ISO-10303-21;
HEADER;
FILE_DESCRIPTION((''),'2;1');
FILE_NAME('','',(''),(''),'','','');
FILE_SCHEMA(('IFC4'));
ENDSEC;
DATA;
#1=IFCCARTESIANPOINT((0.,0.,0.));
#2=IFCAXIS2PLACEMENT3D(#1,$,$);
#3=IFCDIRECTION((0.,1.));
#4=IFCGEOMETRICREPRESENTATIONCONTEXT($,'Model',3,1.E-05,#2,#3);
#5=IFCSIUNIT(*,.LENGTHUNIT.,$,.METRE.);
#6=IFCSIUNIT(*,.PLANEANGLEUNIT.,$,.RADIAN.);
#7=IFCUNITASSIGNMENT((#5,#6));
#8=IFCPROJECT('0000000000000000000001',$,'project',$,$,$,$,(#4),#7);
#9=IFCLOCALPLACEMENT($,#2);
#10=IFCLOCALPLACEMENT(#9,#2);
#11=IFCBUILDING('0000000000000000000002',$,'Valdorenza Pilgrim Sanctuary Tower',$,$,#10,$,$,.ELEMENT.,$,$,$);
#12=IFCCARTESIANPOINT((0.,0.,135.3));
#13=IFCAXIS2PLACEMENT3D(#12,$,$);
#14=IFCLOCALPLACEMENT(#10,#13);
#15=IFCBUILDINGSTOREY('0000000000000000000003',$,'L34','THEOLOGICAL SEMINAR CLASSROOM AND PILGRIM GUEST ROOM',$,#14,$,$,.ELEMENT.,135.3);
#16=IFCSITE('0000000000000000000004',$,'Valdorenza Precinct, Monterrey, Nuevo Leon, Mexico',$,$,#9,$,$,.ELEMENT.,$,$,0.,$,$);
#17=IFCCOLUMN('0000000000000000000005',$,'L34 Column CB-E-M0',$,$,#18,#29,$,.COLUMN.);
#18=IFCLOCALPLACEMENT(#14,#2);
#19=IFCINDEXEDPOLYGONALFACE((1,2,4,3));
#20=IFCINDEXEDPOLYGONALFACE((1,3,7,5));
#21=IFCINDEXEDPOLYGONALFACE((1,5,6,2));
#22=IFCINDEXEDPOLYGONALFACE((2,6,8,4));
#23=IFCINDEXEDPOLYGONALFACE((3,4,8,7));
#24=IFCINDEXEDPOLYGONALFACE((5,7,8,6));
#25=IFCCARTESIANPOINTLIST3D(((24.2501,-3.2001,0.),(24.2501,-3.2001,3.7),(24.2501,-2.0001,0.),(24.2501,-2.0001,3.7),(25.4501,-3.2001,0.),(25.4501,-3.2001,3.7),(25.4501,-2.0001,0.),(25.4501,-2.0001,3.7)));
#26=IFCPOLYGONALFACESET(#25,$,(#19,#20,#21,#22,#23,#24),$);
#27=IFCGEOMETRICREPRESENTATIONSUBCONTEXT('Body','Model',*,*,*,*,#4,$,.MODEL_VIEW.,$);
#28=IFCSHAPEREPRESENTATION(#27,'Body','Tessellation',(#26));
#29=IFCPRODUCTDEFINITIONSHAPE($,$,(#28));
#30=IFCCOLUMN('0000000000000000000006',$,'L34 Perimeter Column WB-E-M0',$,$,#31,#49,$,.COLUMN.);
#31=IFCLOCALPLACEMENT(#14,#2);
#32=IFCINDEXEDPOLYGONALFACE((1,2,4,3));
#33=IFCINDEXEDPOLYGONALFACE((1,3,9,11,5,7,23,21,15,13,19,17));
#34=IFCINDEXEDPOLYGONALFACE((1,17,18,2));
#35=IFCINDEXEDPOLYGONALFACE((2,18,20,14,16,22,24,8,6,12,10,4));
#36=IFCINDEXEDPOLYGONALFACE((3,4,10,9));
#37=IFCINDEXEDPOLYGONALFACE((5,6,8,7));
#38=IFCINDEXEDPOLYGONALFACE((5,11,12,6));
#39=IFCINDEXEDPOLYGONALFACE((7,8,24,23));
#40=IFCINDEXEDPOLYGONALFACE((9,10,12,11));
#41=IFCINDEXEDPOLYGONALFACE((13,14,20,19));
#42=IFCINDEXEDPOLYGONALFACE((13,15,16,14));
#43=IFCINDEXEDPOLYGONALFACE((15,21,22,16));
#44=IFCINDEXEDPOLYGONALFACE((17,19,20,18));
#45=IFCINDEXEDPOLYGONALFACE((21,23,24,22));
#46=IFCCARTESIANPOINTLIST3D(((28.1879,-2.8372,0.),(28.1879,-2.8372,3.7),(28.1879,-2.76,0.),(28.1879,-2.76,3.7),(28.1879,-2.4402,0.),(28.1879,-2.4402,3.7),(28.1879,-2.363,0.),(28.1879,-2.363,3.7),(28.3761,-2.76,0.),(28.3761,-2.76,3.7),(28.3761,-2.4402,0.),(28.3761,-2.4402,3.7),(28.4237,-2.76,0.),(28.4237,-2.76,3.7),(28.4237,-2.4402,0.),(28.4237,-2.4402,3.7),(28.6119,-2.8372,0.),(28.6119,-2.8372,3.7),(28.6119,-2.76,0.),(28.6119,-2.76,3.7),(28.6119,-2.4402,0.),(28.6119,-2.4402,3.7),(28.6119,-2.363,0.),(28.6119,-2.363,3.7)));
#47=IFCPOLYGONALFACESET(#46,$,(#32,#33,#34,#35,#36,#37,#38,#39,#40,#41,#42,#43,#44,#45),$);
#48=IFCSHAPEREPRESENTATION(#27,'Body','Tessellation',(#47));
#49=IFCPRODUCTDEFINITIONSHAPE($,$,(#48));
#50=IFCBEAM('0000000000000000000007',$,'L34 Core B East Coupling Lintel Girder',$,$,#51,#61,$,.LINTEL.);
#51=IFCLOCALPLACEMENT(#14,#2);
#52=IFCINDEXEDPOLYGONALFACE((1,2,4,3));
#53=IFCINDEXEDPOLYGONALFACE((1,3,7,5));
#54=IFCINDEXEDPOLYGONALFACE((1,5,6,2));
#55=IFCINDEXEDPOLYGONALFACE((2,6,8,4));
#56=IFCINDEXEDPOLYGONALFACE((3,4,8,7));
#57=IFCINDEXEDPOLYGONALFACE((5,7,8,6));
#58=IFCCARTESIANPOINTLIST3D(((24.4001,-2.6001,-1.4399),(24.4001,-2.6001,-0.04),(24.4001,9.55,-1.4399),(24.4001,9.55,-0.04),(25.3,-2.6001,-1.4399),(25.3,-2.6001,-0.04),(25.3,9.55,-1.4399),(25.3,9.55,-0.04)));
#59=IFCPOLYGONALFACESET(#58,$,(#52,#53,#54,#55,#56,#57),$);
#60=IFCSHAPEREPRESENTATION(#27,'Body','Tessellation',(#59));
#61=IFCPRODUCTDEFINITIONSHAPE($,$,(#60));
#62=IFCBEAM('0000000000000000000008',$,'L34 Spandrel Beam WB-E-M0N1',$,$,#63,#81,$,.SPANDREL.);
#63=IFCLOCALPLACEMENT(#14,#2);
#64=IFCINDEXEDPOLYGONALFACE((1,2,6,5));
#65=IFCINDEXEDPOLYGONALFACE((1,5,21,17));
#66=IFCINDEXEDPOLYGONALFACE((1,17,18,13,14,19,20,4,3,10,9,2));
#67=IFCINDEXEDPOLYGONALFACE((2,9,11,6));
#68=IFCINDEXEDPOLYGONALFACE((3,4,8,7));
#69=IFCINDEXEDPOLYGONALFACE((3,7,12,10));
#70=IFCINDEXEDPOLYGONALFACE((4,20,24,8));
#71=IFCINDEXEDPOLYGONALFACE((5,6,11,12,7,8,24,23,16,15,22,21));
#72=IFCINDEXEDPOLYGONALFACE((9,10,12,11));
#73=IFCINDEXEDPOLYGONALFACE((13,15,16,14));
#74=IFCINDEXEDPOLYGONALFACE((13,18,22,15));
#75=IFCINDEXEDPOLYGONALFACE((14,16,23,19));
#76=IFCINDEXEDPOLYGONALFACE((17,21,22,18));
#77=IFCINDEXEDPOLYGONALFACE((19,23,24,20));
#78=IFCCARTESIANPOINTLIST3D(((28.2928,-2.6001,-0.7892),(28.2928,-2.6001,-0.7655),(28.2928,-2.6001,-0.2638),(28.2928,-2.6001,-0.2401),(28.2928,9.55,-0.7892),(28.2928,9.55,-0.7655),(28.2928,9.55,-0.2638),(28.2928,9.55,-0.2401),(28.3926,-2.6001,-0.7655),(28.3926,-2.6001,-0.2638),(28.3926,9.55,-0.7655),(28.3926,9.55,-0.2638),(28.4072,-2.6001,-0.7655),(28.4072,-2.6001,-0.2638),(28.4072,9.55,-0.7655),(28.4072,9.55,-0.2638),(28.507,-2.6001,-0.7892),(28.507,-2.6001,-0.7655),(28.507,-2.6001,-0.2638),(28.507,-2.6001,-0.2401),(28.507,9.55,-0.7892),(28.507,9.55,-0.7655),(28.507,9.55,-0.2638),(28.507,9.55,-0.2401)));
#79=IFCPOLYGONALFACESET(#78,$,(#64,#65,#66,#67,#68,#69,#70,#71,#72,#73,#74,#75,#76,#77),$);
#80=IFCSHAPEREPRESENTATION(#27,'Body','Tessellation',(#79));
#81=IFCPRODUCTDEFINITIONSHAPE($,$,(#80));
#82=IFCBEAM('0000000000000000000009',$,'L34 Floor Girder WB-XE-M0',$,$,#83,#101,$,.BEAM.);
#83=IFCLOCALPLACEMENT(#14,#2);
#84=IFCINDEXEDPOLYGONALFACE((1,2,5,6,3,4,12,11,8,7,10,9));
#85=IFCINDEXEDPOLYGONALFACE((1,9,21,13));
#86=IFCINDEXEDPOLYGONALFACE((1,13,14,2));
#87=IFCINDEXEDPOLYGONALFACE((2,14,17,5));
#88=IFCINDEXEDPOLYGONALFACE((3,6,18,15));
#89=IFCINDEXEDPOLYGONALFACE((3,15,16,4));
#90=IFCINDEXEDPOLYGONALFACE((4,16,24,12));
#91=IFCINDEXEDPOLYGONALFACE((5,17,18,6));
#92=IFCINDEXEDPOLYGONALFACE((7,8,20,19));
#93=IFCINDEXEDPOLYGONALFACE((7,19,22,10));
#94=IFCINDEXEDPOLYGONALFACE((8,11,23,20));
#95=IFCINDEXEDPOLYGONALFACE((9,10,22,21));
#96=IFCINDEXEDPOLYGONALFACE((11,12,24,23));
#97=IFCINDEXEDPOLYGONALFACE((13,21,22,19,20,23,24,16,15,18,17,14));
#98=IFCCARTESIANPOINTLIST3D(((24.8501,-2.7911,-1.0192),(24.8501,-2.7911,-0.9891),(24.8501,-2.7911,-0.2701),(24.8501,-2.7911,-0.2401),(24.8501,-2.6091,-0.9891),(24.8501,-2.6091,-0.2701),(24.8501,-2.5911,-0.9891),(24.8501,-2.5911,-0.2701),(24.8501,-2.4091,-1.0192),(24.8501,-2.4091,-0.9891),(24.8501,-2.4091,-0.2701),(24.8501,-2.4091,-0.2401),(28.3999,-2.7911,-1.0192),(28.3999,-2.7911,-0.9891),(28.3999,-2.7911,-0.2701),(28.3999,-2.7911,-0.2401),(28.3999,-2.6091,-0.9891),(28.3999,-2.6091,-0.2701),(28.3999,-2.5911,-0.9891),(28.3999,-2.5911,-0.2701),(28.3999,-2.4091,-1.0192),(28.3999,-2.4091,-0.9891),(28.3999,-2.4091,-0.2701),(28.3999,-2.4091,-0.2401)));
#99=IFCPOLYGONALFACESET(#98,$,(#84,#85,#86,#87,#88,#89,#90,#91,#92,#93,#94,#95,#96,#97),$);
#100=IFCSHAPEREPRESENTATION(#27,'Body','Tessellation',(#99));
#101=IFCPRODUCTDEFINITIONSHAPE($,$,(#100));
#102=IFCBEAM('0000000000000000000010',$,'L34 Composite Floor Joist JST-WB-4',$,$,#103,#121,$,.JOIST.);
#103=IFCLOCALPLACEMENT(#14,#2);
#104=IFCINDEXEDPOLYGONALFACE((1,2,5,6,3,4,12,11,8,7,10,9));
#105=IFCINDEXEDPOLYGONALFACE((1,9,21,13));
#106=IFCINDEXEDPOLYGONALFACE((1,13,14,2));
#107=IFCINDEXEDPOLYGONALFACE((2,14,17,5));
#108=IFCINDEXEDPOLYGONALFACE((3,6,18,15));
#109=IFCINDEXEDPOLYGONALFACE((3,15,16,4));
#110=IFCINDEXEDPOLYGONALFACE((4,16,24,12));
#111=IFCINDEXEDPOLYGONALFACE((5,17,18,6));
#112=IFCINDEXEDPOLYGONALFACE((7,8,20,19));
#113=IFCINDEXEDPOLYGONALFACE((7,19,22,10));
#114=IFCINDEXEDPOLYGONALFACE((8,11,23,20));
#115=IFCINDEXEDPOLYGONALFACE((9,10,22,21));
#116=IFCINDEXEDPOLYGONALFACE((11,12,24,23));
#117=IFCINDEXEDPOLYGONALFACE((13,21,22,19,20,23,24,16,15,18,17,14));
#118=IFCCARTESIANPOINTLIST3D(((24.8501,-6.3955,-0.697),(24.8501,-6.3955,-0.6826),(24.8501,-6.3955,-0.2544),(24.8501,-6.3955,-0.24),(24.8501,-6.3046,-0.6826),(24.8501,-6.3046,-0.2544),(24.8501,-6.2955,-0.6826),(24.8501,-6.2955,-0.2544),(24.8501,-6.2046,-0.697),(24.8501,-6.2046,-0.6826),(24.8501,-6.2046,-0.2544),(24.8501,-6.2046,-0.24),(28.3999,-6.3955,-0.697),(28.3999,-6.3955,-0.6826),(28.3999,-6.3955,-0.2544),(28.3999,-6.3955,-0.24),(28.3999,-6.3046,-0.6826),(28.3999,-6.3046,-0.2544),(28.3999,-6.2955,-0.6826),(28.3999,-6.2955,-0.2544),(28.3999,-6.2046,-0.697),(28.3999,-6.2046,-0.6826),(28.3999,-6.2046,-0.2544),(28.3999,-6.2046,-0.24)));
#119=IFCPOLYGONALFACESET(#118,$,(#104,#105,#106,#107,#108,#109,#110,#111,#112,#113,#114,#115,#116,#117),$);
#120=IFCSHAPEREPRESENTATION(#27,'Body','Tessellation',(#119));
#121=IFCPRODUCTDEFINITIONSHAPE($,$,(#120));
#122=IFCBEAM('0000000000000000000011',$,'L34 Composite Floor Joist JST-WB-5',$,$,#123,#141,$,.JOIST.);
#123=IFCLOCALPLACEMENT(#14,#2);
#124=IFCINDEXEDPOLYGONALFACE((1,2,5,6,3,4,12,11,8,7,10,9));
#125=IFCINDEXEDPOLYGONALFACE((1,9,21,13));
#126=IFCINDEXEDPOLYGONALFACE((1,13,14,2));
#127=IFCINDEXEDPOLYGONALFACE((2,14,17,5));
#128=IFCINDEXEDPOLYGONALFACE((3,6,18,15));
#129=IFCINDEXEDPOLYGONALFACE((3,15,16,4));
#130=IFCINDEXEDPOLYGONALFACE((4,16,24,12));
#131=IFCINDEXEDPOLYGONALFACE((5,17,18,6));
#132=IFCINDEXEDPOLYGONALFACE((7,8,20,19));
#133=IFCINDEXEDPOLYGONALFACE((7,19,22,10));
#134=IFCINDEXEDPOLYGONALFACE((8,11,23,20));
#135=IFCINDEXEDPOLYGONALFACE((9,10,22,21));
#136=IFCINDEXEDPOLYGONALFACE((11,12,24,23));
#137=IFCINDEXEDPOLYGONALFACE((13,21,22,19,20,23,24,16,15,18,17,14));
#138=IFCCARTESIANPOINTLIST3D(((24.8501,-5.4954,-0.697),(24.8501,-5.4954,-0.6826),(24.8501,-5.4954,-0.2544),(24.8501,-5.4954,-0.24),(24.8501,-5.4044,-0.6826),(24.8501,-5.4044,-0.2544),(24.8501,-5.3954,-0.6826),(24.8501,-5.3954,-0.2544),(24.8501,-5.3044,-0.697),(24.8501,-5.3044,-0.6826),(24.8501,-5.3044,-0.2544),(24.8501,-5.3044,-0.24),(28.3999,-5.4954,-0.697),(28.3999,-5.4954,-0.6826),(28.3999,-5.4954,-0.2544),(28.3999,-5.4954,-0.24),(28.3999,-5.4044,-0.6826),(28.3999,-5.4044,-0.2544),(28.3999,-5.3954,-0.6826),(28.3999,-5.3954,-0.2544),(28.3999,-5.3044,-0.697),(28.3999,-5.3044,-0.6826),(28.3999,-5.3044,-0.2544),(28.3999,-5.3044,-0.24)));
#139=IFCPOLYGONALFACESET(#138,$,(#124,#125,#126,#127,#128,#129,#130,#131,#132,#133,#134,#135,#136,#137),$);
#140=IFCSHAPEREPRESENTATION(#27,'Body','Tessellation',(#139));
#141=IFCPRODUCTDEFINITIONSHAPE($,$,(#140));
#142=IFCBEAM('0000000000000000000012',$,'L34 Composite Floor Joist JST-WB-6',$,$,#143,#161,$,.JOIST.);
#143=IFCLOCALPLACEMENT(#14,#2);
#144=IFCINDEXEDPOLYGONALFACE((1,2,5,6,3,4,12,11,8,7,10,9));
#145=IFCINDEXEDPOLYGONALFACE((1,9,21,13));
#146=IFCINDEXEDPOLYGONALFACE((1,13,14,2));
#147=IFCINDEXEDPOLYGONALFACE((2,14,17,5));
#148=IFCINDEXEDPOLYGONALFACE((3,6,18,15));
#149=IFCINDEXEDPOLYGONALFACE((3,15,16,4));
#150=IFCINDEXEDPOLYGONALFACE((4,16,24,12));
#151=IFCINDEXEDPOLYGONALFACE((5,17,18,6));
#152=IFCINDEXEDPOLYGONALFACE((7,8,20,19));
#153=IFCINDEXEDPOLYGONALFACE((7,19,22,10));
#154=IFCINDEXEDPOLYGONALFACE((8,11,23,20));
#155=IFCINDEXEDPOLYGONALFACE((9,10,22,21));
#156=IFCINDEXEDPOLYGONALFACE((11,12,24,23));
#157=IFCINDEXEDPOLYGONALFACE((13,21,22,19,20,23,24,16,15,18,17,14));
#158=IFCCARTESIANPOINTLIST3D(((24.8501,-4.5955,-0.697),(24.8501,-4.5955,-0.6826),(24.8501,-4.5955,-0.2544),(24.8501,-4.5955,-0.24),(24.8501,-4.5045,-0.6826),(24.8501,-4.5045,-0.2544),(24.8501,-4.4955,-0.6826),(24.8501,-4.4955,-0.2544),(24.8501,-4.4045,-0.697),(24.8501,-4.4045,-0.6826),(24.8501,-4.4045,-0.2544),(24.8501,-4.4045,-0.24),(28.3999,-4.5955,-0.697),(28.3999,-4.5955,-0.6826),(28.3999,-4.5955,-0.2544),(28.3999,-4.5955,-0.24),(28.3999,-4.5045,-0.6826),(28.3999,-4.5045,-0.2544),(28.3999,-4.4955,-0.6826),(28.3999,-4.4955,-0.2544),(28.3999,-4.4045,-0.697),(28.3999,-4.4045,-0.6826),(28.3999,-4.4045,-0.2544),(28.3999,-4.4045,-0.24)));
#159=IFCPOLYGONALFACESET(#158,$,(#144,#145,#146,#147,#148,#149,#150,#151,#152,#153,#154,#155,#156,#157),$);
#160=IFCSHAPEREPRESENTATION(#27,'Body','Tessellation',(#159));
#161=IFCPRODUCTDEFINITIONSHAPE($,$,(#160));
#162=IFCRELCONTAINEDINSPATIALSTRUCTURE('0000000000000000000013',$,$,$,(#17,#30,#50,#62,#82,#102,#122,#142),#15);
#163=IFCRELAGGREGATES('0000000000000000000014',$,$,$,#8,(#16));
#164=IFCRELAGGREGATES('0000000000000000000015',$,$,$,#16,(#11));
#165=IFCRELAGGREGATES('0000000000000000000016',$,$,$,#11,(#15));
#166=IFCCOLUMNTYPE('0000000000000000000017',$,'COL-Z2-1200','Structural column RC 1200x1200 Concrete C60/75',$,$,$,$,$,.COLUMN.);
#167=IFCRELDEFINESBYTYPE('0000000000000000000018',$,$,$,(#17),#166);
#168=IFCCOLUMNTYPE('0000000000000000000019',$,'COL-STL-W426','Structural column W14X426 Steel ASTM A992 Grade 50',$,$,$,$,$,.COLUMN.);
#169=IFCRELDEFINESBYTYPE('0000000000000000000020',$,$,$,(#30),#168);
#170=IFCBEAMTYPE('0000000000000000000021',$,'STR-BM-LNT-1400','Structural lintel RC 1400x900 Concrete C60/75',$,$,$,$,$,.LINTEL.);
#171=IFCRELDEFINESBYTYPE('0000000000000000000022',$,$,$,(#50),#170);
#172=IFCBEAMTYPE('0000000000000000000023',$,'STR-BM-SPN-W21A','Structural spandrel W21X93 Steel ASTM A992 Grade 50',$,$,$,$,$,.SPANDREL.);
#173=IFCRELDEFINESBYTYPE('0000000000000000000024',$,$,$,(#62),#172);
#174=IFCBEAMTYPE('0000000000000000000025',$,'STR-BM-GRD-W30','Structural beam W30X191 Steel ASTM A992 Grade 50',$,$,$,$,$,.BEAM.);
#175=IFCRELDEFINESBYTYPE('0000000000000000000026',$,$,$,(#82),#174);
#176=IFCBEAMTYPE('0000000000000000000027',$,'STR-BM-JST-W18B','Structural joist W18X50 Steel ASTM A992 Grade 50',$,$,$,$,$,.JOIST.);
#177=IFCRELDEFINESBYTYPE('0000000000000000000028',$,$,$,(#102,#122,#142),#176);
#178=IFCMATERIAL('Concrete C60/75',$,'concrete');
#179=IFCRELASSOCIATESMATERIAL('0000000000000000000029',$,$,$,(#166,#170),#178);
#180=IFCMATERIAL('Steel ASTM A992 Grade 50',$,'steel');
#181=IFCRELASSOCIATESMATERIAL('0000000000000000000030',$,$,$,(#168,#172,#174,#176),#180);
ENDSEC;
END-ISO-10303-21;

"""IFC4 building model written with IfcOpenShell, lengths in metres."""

from ifc_helpers import new_model, si_unit, direction, frame, origin, origin_2d, place, context, subcontext, project, spatial, rectangle, i_section, extrude, source, transform, mapped, material, material_profile, profile_set, type_object, element, save


model = new_model("IFC4")

# Units and contexts
model_context = context("Model", 3, precision=1e-05, world=origin(), true_north=direction((0.0, 1.0)))
body_context = subcontext(model_context, "Body", "Model", "MODEL_VIEW")
ifc_project = project(units=[si_unit("LENGTHUNIT", "METRE"), si_unit("PLANEANGLEUNIT", "RADIAN")], contexts=[model_context])

# Site, building, storey
site_placement = place(None, origin())
site = spatial("IfcSite", under=ifc_project, at=site_placement, Name="Valdorenza Precinct, Monterrey, Nuevo Leon, Mexico", CompositionType="ELEMENT", RefElevation=0.0)
building_placement = place(site_placement, origin())
building = spatial("IfcBuilding", under=site, at=building_placement, Name="Valdorenza Pilgrim Sanctuary Tower", CompositionType="ELEMENT")
storey_placement = place(building_placement, frame((0.0, 0.0, 135.3)))
storey = spatial("IfcBuildingStorey", under=building, at=storey_placement, Name="L34", Description="THEOLOGICAL SEMINAR CLASSROOM AND PILGRIM GUEST ROOM", CompositionType="ELEMENT", Elevation=135.3)

# Columns
ifc_material_1 = material(Name="Concrete C60/75", Category="concrete")
ifc_material_profile_1 = material_profile(ifc_material_1, rectangle(XDim=1.2, YDim=1.2, at=origin_2d()), Name="RC 1200x1200")
ifc_profile_set_1 = profile_set([ifc_material_profile_1], Name="Concrete C60/75")
column_type_1 = type_object("IfcColumnType", Name="COL-Z2-1200", Description="Structural column RC 1200x1200 Concrete C60/75", PredefinedType="COLUMN", material=ifc_profile_set_1)
shared_shape_1 = source(origin(), body_context, "Body", "SweptSolid", [
    extrude(rectangle(XDim=1.2, YDim=1.2, at=origin_2d()), origin(), (0.0, 0.0, 1.0), 3.7),
])
column_1_placement = place(storey_placement, frame((24.8501, -2.6001, 0.0), z_axis=(0.0, 0.0, 1.0), x_axis=(1.0, 0.0, 0.0)))
element("IfcColumn", 1, at=column_1_placement, inside=storey, type_object=column_type_1, Name="L34 Column CB-E-M0", PredefinedType="COLUMN", context=body_context, shape_type="MappedRepresentation", body=[
    mapped(shared_shape_1, transform((0.0, 0.0, 0.0), x_axis=(1.0, 0.0, 0.0), y_axis=(0.0, 1.0, 0.0), z_axis=(0.0, 0.0, 1.0), scale=1.0)),
])
ifc_material_2 = material(Name="Steel ASTM A992 Grade 50", Category="steel")
ifc_material_profile_2 = material_profile(ifc_material_2, i_section(OverallWidth=0.4241, OverallDepth=0.4741, WebThickness=0.0476, FlangeThickness=0.0771, at=origin_2d()), Name="W14X426")
ifc_profile_set_2 = profile_set([ifc_material_profile_2], Name="Steel ASTM A992 Grade 50")
column_type_2 = type_object("IfcColumnType", Name="COL-STL-W426", Description="Structural column W14X426 Steel ASTM A992 Grade 50", PredefinedType="COLUMN", material=ifc_profile_set_2)
shared_shape_2 = source(origin(), body_context, "Body", "SweptSolid", [
    extrude(i_section(OverallWidth=0.4241, OverallDepth=0.4741, WebThickness=0.0476, FlangeThickness=0.0771, at=origin_2d()), origin(), (0.0, 0.0, 1.0), 3.7),
])
column_2_placement = place(storey_placement, frame((28.3999, -2.6001, 0.0), z_axis=(0.0, 0.0, 1.0), x_axis=(1.0, 0.0, 0.0)))
element("IfcColumn", 2, at=column_2_placement, inside=storey, type_object=column_type_2, Name="L34 Perimeter Column WB-E-M0", PredefinedType="COLUMN", context=body_context, shape_type="MappedRepresentation", body=[
    mapped(shared_shape_2, transform((0.0, 0.0, 0.0), x_axis=(1.0, 0.0, 0.0), y_axis=(0.0, 1.0, 0.0), z_axis=(0.0, 0.0, 1.0), scale=1.0)),
])

# Beams
ifc_material_profile_3 = material_profile(ifc_material_1, rectangle(XDim=0.8999, YDim=1.3999, at=origin_2d()), Name="RC 1400x900")
ifc_profile_set_3 = profile_set([ifc_material_profile_3], Name="Concrete C60/75")
beam_type_1 = type_object("IfcBeamType", Name="STR-BM-LNT-1400", Description="Structural lintel RC 1400x900 Concrete C60/75", PredefinedType="LINTEL", material=ifc_profile_set_3)
shared_shape_3 = source(origin(), body_context, "Body", "SweptSolid", [
    extrude(rectangle(XDim=0.8999, YDim=1.3999, at=origin_2d()), origin(), (0.0, 0.0, 1.0), 12.1501),
])
beam_1_placement = place(storey_placement, frame((24.8501, -2.6001, -0.74), z_axis=(0.0, 1.0, 0.0), x_axis=(-1.0, 0.0, 0.0)))
element("IfcBeam", 3, at=beam_1_placement, inside=storey, type_object=beam_type_1, Name="L34 Core B East Coupling Lintel Girder", PredefinedType="LINTEL", context=body_context, shape_type="MappedRepresentation", body=[
    mapped(shared_shape_3, transform((0.0, 0.0, 0.0), x_axis=(1.0, 0.0, 0.0), y_axis=(0.0, 1.0, 0.0), z_axis=(0.0, 0.0, 1.0), scale=1.0)),
])
ifc_material_profile_4 = material_profile(ifc_material_2, i_section(OverallWidth=0.2141, OverallDepth=0.5491, WebThickness=0.0146, FlangeThickness=0.0237, at=origin_2d()), Name="W21X93")
ifc_profile_set_4 = profile_set([ifc_material_profile_4], Name="Steel ASTM A992 Grade 50")
beam_type_2 = type_object("IfcBeamType", Name="STR-BM-SPN-W21A", Description="Structural spandrel W21X93 Steel ASTM A992 Grade 50", PredefinedType="SPANDREL", material=ifc_profile_set_4)
shared_shape_4 = source(origin(), body_context, "Body", "SweptSolid", [
    extrude(i_section(OverallWidth=0.2141, OverallDepth=0.5491, WebThickness=0.0146, FlangeThickness=0.0237, at=origin_2d()), origin(), (0.0, 0.0, 1.0), 12.1501),
])
beam_2_placement = place(storey_placement, frame((28.3999, -2.6001, -0.5146), z_axis=(0.0, 1.0, 0.0), x_axis=(-1.0, 0.0, 0.0)))
element("IfcBeam", 4, at=beam_2_placement, inside=storey, type_object=beam_type_2, Name="L34 Spandrel Beam WB-E-M0N1", PredefinedType="SPANDREL", context=body_context, shape_type="MappedRepresentation", body=[
    mapped(shared_shape_4, transform((0.0, 0.0, 0.0), x_axis=(1.0, 0.0, 0.0), y_axis=(0.0, 1.0, 0.0), z_axis=(0.0, 0.0, 1.0), scale=1.0)),
])
ifc_material_profile_5 = material_profile(ifc_material_2, i_section(OverallWidth=0.3821, OverallDepth=0.7791, WebThickness=0.0181, FlangeThickness=0.03, at=origin_2d()), Name="W30X191")
ifc_profile_set_5 = profile_set([ifc_material_profile_5], Name="Steel ASTM A992 Grade 50")
beam_type_3 = type_object("IfcBeamType", Name="STR-BM-GRD-W30", Description="Structural beam W30X191 Steel ASTM A992 Grade 50", PredefinedType="BEAM", material=ifc_profile_set_5)
shared_shape_5 = source(origin(), body_context, "Body", "SweptSolid", [
    extrude(i_section(OverallWidth=0.3821, OverallDepth=0.7791, WebThickness=0.0181, FlangeThickness=0.03, at=origin_2d()), origin(), (0.0, 0.0, 1.0), 3.5498),
])
beam_3_placement = place(storey_placement, frame((24.8501, -2.6001, -0.6296), z_axis=(1.0, 0.0, 0.0), x_axis=(0.0, 1.0, 0.0)))
element("IfcBeam", 5, at=beam_3_placement, inside=storey, type_object=beam_type_3, Name="L34 Floor Girder WB-XE-M0", PredefinedType="BEAM", context=body_context, shape_type="MappedRepresentation", body=[
    mapped(shared_shape_5, transform((0.0, 0.0, 0.0), x_axis=(1.0, 0.0, 0.0), y_axis=(0.0, 1.0, 0.0), z_axis=(0.0, 0.0, 1.0), scale=1.0)),
])
ifc_material_profile_6 = material_profile(ifc_material_2, i_section(OverallWidth=0.1909, OverallDepth=0.457, WebThickness=0.009, FlangeThickness=0.0144, at=origin_2d()), Name="W18X50")
ifc_profile_set_6 = profile_set([ifc_material_profile_6], Name="Steel ASTM A992 Grade 50")
beam_type_4 = type_object("IfcBeamType", Name="STR-BM-JST-W18B", Description="Structural joist W18X50 Steel ASTM A992 Grade 50", PredefinedType="JOIST", material=ifc_profile_set_6)
shared_shape_6 = source(origin(), body_context, "Body", "SweptSolid", [
    extrude(i_section(OverallWidth=0.1909, OverallDepth=0.457, WebThickness=0.009, FlangeThickness=0.0144, at=origin_2d()), origin(), (0.0, 0.0, 1.0), 3.5498),
])
for number, where, z_axis, x_axis, name in (
    (6, (24.8501, -6.3, -0.4685), (1.0, 0.0, 0.0), (0.0, 1.0, 0.0), "L34 Composite Floor Joist JST-WB-4"),
    (7, (24.8501, -5.3999, -0.4685), (1.0, 0.0, 0.0), (0.0, 1.0, 0.0), "L34 Composite Floor Joist JST-WB-5"),
    (8, (24.8501, -4.5, -0.4685), (1.0, 0.0, 0.0), (0.0, 1.0, 0.0), "L34 Composite Floor Joist JST-WB-6"),
):
    element("IfcBeam", number, at=place(storey_placement, frame(where, z_axis=z_axis, x_axis=x_axis)), inside=storey, type_object=beam_type_4, Name=name, PredefinedType="JOIST", context=body_context, shape_type="MappedRepresentation", body=[
        mapped(shared_shape_6, transform((0.0, 0.0, 0.0), x_axis=(1.0, 0.0, 0.0), y_axis=(0.0, 1.0, 0.0), z_axis=(0.0, 0.0, 1.0), scale=1.0)),
    ])

save(model, "model.ifc")
